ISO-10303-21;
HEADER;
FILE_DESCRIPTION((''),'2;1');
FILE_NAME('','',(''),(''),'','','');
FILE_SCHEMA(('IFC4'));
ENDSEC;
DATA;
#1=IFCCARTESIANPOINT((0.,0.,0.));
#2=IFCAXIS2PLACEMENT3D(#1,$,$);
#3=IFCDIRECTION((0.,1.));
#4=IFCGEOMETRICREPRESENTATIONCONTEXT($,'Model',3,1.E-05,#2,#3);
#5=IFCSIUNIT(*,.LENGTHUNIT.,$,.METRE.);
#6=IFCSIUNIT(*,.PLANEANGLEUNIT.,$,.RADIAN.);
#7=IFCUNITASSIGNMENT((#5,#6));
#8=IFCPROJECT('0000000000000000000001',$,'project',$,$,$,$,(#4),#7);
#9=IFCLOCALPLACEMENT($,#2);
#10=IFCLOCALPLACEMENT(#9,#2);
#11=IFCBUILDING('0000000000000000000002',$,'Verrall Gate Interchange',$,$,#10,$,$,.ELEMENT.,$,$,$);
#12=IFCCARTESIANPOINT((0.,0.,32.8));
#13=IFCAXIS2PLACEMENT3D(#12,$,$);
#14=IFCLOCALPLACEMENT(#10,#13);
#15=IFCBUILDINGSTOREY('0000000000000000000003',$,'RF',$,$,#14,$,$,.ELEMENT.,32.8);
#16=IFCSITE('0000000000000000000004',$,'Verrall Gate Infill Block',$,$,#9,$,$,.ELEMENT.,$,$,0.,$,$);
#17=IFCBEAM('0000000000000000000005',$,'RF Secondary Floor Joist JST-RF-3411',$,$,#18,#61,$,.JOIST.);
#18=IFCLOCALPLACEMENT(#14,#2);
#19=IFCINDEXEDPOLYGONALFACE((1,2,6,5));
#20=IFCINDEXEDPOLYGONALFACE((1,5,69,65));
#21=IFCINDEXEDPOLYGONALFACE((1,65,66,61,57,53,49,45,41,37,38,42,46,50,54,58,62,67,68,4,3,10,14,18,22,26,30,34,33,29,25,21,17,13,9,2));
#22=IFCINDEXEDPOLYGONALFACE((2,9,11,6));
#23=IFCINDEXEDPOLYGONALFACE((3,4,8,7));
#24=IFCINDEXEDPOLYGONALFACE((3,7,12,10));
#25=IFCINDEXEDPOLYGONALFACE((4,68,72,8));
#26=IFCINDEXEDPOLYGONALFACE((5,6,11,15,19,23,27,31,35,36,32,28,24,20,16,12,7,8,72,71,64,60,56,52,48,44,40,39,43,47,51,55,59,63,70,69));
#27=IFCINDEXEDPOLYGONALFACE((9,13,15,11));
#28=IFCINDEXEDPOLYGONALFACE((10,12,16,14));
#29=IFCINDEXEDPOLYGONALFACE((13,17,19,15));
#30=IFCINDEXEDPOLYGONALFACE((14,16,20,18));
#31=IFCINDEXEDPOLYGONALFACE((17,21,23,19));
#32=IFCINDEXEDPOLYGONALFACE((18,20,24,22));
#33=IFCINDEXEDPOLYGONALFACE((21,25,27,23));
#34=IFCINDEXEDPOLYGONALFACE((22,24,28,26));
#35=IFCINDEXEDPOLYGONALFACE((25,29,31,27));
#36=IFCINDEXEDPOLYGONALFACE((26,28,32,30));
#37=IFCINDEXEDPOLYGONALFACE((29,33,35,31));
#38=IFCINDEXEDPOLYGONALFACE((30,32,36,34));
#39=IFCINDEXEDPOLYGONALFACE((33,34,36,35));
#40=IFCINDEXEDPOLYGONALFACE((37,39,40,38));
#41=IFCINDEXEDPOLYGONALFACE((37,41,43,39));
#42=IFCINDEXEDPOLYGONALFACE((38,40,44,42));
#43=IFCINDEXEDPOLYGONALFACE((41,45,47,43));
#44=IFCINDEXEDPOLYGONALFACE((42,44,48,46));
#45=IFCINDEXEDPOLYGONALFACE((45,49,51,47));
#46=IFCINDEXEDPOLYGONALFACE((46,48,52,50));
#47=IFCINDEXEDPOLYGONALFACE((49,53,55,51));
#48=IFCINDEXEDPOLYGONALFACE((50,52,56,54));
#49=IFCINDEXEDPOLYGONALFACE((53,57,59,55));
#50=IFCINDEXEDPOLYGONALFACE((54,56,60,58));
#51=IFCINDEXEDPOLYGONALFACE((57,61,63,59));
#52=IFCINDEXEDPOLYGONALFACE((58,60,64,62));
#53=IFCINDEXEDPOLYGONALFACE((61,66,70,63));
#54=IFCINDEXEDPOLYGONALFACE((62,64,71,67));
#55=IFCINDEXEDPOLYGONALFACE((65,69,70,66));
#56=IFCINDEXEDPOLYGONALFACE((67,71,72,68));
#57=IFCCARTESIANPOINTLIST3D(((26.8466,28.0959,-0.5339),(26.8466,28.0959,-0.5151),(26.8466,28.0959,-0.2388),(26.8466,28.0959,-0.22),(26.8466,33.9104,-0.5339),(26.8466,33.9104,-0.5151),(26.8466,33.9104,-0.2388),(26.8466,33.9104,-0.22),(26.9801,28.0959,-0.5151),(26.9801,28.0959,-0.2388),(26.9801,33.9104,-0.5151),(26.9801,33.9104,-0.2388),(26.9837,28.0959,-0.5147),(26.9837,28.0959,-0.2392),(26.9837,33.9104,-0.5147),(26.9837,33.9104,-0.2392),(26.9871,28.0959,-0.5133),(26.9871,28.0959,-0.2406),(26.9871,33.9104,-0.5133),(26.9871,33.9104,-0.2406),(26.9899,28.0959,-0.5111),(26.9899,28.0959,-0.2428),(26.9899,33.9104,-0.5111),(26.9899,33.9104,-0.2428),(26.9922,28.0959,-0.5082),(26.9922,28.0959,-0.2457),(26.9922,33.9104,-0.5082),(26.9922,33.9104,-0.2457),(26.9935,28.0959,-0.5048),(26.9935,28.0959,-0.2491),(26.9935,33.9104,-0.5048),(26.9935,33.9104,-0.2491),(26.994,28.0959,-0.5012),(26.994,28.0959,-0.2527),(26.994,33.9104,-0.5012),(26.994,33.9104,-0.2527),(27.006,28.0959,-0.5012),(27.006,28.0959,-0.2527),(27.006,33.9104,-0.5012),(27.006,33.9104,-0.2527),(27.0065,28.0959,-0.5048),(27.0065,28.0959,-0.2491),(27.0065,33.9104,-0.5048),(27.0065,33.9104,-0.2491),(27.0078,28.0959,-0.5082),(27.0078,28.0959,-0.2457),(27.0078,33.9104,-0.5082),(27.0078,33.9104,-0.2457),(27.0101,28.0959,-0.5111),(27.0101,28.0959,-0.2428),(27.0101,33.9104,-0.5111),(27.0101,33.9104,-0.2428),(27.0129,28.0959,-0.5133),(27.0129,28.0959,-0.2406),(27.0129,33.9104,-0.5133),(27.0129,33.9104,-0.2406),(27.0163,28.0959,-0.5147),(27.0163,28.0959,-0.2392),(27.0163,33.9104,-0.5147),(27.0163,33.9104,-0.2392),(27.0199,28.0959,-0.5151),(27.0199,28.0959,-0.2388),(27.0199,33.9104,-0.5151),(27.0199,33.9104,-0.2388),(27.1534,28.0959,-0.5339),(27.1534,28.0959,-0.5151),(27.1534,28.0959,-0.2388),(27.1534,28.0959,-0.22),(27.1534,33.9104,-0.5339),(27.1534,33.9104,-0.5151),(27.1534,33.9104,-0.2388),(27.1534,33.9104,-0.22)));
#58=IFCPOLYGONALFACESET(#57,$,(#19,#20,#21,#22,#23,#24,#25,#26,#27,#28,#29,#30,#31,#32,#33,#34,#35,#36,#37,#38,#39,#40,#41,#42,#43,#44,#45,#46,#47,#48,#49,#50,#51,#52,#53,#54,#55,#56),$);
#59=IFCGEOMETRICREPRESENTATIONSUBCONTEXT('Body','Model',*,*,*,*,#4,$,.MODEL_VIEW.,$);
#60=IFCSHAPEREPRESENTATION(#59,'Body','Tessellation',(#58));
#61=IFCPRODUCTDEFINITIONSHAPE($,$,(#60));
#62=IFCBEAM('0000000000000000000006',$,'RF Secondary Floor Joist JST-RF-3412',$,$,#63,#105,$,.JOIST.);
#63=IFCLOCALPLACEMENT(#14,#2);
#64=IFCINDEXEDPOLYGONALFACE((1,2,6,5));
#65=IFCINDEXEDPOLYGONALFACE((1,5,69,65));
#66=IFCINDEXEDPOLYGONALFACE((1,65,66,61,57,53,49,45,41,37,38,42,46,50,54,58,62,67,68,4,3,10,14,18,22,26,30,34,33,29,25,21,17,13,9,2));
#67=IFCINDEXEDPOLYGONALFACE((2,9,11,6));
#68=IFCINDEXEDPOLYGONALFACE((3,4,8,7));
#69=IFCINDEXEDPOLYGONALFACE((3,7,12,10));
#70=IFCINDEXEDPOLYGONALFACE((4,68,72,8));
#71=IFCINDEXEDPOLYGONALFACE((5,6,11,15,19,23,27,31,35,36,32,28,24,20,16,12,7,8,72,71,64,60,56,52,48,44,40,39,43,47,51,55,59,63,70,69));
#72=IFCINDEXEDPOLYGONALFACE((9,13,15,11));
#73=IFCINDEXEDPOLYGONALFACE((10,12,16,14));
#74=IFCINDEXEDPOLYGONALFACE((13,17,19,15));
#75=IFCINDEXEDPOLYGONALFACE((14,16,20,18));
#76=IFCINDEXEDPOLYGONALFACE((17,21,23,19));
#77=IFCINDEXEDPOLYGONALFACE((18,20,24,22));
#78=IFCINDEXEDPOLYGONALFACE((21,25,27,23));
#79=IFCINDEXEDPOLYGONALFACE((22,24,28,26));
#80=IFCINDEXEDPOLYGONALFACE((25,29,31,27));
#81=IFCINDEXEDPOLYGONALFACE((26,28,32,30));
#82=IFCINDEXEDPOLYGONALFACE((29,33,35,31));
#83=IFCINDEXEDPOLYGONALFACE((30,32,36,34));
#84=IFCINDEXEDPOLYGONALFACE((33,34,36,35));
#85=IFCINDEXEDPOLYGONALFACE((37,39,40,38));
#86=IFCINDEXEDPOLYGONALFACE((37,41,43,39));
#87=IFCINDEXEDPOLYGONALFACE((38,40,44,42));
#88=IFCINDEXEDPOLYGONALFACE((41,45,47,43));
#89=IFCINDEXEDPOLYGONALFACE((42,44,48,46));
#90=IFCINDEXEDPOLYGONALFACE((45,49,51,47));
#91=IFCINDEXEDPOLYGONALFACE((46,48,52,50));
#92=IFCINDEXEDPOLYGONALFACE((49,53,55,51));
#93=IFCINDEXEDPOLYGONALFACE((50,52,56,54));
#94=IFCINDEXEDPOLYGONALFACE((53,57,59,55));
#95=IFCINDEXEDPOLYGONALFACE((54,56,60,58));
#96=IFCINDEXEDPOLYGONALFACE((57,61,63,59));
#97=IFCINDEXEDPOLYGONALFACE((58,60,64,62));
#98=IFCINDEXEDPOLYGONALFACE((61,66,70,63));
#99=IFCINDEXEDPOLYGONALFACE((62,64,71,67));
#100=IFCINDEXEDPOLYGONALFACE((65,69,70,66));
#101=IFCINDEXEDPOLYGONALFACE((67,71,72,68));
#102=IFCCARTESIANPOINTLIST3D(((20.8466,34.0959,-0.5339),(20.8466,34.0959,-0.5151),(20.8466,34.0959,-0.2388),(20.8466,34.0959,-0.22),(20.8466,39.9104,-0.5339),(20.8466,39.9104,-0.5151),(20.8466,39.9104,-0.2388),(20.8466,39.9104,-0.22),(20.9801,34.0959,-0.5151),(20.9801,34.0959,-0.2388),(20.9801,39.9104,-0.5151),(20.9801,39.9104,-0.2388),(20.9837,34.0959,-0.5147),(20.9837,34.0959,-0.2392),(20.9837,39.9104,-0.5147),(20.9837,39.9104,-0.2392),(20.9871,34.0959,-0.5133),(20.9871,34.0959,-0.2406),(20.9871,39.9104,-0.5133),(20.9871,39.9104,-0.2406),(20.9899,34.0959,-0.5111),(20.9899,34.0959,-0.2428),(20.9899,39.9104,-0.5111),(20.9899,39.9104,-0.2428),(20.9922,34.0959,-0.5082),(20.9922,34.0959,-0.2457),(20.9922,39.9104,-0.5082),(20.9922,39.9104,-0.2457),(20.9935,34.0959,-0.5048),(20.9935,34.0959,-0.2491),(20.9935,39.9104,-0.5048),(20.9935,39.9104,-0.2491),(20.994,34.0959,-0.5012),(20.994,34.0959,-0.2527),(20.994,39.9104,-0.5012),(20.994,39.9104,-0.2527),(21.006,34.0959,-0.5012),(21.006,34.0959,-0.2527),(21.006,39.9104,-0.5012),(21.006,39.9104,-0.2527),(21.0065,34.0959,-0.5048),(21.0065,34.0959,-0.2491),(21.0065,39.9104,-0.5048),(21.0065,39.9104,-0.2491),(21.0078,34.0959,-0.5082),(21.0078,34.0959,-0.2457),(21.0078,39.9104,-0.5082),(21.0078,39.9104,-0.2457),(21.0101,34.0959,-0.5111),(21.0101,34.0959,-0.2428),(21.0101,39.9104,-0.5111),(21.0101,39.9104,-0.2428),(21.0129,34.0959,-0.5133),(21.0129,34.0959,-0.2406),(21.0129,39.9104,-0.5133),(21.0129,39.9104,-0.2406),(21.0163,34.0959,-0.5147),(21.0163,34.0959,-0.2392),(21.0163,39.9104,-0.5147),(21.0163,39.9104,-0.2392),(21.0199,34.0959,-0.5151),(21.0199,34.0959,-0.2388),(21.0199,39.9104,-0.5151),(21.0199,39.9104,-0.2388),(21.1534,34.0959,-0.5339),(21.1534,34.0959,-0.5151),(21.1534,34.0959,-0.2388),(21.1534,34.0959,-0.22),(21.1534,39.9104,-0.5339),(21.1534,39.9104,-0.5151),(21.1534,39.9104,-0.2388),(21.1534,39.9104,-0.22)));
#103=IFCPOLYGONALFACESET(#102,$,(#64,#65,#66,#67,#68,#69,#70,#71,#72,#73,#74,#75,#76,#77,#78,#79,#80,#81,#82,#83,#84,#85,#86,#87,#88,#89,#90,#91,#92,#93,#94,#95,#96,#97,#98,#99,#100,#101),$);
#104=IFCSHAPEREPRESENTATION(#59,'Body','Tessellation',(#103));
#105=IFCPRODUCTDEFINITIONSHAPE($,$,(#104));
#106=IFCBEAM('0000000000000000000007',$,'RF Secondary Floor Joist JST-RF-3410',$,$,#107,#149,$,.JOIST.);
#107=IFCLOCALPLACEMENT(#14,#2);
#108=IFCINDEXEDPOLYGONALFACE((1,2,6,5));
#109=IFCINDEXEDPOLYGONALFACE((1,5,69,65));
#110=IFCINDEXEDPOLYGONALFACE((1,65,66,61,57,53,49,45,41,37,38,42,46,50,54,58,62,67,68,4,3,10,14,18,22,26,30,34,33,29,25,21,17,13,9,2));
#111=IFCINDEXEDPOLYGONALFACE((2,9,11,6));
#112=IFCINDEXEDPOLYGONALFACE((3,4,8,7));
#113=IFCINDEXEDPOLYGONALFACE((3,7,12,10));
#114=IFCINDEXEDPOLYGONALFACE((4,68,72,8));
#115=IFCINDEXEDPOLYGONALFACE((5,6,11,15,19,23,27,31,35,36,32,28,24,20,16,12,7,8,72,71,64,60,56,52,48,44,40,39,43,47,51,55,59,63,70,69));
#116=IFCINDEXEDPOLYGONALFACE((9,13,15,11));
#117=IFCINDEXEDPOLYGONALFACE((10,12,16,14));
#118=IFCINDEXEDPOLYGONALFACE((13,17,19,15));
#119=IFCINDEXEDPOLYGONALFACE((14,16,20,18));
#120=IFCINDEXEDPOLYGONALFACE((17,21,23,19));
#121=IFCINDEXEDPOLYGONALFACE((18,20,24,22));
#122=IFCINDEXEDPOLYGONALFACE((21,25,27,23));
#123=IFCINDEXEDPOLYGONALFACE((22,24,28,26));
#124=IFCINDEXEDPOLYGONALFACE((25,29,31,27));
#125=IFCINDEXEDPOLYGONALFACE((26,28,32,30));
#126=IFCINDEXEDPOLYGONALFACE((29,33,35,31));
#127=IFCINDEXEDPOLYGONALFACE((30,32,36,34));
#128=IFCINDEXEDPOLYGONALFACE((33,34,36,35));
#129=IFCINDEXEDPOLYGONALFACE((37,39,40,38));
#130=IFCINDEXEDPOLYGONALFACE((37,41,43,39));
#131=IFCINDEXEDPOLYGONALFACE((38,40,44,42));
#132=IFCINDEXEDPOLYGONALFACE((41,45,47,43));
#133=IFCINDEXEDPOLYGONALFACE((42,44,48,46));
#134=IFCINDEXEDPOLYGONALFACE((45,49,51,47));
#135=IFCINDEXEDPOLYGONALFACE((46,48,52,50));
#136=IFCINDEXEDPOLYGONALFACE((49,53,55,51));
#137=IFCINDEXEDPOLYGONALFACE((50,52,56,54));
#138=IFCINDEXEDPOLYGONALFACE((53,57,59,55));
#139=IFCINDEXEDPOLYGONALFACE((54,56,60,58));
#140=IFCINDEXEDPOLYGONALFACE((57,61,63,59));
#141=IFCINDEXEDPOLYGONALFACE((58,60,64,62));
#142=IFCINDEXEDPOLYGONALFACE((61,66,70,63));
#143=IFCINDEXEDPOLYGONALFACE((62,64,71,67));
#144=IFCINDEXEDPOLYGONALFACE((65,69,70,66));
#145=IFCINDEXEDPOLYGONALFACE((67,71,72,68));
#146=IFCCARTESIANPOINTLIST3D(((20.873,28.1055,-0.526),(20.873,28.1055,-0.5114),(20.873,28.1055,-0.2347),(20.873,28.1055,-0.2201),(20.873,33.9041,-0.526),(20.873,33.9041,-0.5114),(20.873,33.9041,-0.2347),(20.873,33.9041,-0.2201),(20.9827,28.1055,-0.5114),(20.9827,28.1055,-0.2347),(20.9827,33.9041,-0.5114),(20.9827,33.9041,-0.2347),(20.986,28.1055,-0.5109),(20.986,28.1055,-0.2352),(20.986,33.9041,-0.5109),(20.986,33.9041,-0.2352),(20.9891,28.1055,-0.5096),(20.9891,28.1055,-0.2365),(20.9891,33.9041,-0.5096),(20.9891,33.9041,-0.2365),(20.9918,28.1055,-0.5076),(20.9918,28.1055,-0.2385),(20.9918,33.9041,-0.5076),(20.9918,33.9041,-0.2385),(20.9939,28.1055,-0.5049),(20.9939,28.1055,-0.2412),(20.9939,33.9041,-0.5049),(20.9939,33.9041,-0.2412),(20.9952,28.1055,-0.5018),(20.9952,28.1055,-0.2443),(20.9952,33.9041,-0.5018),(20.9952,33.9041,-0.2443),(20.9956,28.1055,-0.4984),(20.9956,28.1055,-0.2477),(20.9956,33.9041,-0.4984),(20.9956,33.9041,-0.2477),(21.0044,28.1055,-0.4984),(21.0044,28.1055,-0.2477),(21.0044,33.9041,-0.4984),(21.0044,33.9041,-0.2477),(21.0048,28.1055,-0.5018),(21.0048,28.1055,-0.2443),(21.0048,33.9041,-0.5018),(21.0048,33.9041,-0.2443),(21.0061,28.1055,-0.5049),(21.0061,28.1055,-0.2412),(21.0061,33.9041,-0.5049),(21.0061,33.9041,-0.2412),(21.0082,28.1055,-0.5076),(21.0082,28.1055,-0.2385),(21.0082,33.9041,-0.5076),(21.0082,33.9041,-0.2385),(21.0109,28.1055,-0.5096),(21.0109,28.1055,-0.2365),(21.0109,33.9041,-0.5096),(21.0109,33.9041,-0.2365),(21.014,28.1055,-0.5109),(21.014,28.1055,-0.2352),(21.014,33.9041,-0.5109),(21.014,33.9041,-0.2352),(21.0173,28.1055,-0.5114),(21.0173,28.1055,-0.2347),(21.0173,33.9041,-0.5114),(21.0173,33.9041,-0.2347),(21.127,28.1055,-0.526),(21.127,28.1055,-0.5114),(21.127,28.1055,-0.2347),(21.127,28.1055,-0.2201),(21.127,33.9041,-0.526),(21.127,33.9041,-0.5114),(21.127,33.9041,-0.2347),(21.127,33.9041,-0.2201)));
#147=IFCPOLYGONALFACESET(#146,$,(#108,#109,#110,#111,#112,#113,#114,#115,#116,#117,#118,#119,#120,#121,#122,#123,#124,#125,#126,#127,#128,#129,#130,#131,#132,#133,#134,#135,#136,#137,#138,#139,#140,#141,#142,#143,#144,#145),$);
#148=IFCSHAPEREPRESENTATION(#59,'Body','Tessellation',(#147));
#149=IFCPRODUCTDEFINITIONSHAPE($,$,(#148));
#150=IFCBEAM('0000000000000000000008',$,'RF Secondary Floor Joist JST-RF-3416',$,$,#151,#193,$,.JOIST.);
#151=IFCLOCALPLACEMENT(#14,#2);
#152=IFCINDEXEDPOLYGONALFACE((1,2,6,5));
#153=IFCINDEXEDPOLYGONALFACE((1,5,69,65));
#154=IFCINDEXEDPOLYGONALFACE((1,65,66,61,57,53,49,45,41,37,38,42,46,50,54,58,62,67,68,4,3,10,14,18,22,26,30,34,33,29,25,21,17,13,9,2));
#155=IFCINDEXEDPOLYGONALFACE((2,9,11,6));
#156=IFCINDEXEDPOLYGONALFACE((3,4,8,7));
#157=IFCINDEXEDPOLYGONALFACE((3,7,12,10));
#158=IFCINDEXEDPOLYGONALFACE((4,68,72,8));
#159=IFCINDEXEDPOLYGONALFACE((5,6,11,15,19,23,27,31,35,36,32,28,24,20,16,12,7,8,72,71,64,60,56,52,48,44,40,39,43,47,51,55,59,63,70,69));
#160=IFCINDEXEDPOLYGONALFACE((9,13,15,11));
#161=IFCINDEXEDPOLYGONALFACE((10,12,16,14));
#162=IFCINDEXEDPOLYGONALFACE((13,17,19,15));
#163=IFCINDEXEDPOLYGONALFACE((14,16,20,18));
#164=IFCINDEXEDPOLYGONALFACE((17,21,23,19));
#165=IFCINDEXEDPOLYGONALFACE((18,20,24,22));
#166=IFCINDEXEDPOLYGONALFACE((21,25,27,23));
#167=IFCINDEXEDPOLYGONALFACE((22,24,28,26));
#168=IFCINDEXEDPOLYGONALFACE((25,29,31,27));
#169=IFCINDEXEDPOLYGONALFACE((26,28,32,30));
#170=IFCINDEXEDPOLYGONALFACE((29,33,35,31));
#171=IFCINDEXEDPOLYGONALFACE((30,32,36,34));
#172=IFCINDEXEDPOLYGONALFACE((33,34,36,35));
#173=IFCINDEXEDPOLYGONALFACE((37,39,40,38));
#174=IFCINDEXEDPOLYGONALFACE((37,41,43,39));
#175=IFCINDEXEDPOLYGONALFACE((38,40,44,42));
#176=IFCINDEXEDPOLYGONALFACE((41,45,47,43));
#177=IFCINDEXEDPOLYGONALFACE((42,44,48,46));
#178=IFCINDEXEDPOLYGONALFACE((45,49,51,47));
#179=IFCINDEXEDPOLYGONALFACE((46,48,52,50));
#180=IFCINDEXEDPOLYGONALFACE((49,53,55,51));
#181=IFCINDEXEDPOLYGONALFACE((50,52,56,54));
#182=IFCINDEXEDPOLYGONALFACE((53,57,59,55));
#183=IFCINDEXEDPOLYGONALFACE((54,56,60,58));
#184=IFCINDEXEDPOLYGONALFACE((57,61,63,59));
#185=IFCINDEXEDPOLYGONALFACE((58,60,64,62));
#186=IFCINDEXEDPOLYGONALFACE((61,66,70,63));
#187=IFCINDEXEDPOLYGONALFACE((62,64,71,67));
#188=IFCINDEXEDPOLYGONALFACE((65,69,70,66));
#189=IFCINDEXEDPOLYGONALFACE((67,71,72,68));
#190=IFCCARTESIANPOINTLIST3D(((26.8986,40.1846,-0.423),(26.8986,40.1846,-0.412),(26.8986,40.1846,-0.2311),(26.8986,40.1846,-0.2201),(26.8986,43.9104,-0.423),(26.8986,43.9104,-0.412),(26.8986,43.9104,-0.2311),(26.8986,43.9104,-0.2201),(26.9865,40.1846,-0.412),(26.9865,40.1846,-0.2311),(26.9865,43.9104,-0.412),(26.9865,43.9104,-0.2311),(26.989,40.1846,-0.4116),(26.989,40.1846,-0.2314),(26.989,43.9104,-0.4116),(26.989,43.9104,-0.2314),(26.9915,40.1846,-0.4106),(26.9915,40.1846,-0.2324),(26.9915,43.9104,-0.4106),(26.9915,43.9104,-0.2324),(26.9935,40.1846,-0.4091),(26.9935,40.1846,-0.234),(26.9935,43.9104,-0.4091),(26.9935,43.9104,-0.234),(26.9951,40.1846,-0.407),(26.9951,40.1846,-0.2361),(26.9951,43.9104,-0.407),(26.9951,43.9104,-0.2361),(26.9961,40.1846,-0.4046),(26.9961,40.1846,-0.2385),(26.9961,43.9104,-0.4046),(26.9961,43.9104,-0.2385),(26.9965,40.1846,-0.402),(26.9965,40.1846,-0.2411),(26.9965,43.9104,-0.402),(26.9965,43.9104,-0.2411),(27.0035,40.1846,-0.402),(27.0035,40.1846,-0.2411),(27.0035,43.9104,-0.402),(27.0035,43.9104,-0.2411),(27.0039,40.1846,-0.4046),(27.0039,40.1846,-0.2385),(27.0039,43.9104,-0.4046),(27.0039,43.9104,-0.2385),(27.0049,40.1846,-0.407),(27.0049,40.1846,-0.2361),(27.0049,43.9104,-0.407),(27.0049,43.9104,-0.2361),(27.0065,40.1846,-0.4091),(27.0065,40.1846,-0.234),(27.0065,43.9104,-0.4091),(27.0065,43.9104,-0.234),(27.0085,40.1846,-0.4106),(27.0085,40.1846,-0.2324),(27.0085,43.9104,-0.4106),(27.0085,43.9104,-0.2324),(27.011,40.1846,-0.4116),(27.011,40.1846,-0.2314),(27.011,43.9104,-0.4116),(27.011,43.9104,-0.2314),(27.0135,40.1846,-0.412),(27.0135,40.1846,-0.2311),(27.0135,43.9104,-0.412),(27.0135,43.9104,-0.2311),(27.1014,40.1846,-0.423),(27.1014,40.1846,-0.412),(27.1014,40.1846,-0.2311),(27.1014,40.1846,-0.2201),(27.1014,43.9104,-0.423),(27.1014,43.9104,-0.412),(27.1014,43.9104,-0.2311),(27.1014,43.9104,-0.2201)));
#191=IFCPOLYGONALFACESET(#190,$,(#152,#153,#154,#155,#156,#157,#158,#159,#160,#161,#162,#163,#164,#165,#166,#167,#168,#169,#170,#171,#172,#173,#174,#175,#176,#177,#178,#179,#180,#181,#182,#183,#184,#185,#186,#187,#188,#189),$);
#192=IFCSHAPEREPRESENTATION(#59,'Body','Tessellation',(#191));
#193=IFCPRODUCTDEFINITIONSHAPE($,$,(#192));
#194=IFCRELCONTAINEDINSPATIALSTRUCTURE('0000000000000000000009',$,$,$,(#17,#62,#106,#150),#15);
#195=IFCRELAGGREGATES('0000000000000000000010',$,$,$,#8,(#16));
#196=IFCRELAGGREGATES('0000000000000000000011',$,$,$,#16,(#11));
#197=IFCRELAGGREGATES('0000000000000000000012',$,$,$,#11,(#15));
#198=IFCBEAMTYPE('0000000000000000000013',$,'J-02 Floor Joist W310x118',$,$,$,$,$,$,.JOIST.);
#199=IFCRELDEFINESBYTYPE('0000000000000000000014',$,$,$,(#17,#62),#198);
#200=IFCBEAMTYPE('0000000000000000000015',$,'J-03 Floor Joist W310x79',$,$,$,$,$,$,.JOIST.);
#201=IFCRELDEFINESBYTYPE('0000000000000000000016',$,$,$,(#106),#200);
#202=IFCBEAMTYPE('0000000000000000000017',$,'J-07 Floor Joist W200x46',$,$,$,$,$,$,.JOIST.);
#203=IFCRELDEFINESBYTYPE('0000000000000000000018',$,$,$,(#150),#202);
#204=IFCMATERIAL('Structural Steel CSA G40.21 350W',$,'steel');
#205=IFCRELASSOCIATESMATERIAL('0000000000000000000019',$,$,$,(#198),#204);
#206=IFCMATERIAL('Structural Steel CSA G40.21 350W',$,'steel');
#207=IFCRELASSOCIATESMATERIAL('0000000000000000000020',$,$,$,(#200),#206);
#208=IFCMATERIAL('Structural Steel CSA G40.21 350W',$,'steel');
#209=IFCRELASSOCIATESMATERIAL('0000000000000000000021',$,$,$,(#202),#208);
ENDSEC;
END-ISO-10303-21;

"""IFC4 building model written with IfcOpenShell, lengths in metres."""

from ifc_helpers import new_model, si_unit, direction, frame, origin, origin_2d, place, context, subcontext, project, spatial, i_section, extrude, material, material_profile, profile_set, type_object, element, save


model = new_model("IFC4")

# Units and contexts
model_context = context("Model", 3, precision=1e-05, world=origin(), true_north=direction((0.0, 1.0)))
body_context = subcontext(model_context, "Body", "Model", "MODEL_VIEW")
ifc_project = project(units=[si_unit("LENGTHUNIT", "METRE"), si_unit("PLANEANGLEUNIT", "RADIAN")], contexts=[model_context])

# Site, building, storey
site_placement = place(None, origin())
site = spatial("IfcSite", under=ifc_project, at=site_placement, Name="Verrall Gate Infill Block", CompositionType="ELEMENT", RefElevation=0.0)
building_placement = place(site_placement, origin())
building = spatial("IfcBuilding", under=site, at=building_placement, Name="Verrall Gate Interchange", CompositionType="ELEMENT")
storey_placement = place(building_placement, frame((0.0, 0.0, 32.8)))
storey = spatial("IfcBuildingStorey", under=building, at=storey_placement, Name="RF", CompositionType="ELEMENT", Elevation=32.8)

# Beams
ifc_material_1 = material(Name="Structural Steel CSA G40.21 350W", Category="steel")
ifc_material_profile_1 = material_profile(ifc_material_1, i_section(OverallWidth=0.3069, OverallDepth=0.314, WebThickness=0.012, FlangeThickness=0.0188, FilletRadius=0.0139, at=origin_2d()), Name="W310x118")
ifc_profile_set_1 = profile_set([ifc_material_profile_1], Name="Structural Steel CSA G40.21 350W")
beam_type_1 = type_object("IfcBeamType", Name="J-02 Floor Joist W310x118", PredefinedType="JOIST", material=ifc_profile_set_1)
for number, where, z_axis, x_axis, name in (
    (1, (27.0, 28.0959, -0.377), (0.0, 1.0, 0.0), (-1.0, 0.0, 0.0), "RF Secondary Floor Joist JST-RF-3411"),
    (2, (21.0, 34.0959, -0.377), (0.0, 1.0, 0.0), (-1.0, 0.0, 0.0), "RF Secondary Floor Joist JST-RF-3412"),
):
    element("IfcBeam", number, at=place(storey_placement, frame(where, z_axis=z_axis, x_axis=x_axis)), inside=storey, type_object=beam_type_1, Name=name, PredefinedType="JOIST", context=body_context, shape_type="SweptSolid", body=[
        extrude(i_section(OverallWidth=0.3069, OverallDepth=0.314, WebThickness=0.012, FlangeThickness=0.0188, FilletRadius=0.0139, at=origin_2d()), origin(), (0.0, 0.0, 1.0), 5.8145),
    ])
ifc_material_2 = material(Name="Structural Steel CSA G40.21 350W", Category="steel")
ifc_material_profile_2 = material_profile(ifc_material_2, i_section(OverallWidth=0.2539, OverallDepth=0.3059, WebThickness=0.0088, FlangeThickness=0.0146, FilletRadius=0.0129, at=origin_2d()), Name="W310x79")
ifc_profile_set_2 = profile_set([ifc_material_profile_2], Name="Structural Steel CSA G40.21 350W")
beam_type_2 = type_object("IfcBeamType", Name="J-03 Floor Joist W310x79", PredefinedType="JOIST", material=ifc_profile_set_2)
beam_1_placement = place(storey_placement, frame((21.0, 28.1055, -0.373), z_axis=(0.0, 1.0, 0.0), x_axis=(-1.0, 0.0, 0.0)))
element("IfcBeam", 3, at=beam_1_placement, inside=storey, type_object=beam_type_2, Name="RF Secondary Floor Joist JST-RF-3410", PredefinedType="JOIST", context=body_context, shape_type="SweptSolid", body=[
    extrude(i_section(OverallWidth=0.2539, OverallDepth=0.3059, WebThickness=0.0088, FlangeThickness=0.0146, FilletRadius=0.0129, at=origin_2d()), origin(), (0.0, 0.0, 1.0), 5.7986),
])
ifc_material_3 = material(Name="Structural Steel CSA G40.21 350W", Category="steel")
ifc_material_profile_3 = material_profile(ifc_material_3, i_section(OverallWidth=0.2029, OverallDepth=0.2029, WebThickness=0.0071, FlangeThickness=0.011, FilletRadius=0.01, at=origin_2d()), Name="W200x46")
ifc_profile_set_3 = profile_set([ifc_material_profile_3], Name="Structural Steel CSA G40.21 350W")
beam_type_3 = type_object("IfcBeamType", Name="J-07 Floor Joist W200x46", PredefinedType="JOIST", material=ifc_profile_set_3)
beam_2_placement = place(storey_placement, frame((27.0, 40.1846, -0.3215), z_axis=(0.0, 1.0, 0.0), x_axis=(-1.0, 0.0, 0.0)))
element("IfcBeam", 4, at=beam_2_placement, inside=storey, type_object=beam_type_3, Name="RF Secondary Floor Joist JST-RF-3416", PredefinedType="JOIST", context=body_context, shape_type="SweptSolid", body=[
    extrude(i_section(OverallWidth=0.2029, OverallDepth=0.2029, WebThickness=0.0071, FlangeThickness=0.011, FilletRadius=0.01, at=origin_2d()), origin(), (0.0, 0.0, 1.0), 3.7258),
])

save(model, "model.ifc")
